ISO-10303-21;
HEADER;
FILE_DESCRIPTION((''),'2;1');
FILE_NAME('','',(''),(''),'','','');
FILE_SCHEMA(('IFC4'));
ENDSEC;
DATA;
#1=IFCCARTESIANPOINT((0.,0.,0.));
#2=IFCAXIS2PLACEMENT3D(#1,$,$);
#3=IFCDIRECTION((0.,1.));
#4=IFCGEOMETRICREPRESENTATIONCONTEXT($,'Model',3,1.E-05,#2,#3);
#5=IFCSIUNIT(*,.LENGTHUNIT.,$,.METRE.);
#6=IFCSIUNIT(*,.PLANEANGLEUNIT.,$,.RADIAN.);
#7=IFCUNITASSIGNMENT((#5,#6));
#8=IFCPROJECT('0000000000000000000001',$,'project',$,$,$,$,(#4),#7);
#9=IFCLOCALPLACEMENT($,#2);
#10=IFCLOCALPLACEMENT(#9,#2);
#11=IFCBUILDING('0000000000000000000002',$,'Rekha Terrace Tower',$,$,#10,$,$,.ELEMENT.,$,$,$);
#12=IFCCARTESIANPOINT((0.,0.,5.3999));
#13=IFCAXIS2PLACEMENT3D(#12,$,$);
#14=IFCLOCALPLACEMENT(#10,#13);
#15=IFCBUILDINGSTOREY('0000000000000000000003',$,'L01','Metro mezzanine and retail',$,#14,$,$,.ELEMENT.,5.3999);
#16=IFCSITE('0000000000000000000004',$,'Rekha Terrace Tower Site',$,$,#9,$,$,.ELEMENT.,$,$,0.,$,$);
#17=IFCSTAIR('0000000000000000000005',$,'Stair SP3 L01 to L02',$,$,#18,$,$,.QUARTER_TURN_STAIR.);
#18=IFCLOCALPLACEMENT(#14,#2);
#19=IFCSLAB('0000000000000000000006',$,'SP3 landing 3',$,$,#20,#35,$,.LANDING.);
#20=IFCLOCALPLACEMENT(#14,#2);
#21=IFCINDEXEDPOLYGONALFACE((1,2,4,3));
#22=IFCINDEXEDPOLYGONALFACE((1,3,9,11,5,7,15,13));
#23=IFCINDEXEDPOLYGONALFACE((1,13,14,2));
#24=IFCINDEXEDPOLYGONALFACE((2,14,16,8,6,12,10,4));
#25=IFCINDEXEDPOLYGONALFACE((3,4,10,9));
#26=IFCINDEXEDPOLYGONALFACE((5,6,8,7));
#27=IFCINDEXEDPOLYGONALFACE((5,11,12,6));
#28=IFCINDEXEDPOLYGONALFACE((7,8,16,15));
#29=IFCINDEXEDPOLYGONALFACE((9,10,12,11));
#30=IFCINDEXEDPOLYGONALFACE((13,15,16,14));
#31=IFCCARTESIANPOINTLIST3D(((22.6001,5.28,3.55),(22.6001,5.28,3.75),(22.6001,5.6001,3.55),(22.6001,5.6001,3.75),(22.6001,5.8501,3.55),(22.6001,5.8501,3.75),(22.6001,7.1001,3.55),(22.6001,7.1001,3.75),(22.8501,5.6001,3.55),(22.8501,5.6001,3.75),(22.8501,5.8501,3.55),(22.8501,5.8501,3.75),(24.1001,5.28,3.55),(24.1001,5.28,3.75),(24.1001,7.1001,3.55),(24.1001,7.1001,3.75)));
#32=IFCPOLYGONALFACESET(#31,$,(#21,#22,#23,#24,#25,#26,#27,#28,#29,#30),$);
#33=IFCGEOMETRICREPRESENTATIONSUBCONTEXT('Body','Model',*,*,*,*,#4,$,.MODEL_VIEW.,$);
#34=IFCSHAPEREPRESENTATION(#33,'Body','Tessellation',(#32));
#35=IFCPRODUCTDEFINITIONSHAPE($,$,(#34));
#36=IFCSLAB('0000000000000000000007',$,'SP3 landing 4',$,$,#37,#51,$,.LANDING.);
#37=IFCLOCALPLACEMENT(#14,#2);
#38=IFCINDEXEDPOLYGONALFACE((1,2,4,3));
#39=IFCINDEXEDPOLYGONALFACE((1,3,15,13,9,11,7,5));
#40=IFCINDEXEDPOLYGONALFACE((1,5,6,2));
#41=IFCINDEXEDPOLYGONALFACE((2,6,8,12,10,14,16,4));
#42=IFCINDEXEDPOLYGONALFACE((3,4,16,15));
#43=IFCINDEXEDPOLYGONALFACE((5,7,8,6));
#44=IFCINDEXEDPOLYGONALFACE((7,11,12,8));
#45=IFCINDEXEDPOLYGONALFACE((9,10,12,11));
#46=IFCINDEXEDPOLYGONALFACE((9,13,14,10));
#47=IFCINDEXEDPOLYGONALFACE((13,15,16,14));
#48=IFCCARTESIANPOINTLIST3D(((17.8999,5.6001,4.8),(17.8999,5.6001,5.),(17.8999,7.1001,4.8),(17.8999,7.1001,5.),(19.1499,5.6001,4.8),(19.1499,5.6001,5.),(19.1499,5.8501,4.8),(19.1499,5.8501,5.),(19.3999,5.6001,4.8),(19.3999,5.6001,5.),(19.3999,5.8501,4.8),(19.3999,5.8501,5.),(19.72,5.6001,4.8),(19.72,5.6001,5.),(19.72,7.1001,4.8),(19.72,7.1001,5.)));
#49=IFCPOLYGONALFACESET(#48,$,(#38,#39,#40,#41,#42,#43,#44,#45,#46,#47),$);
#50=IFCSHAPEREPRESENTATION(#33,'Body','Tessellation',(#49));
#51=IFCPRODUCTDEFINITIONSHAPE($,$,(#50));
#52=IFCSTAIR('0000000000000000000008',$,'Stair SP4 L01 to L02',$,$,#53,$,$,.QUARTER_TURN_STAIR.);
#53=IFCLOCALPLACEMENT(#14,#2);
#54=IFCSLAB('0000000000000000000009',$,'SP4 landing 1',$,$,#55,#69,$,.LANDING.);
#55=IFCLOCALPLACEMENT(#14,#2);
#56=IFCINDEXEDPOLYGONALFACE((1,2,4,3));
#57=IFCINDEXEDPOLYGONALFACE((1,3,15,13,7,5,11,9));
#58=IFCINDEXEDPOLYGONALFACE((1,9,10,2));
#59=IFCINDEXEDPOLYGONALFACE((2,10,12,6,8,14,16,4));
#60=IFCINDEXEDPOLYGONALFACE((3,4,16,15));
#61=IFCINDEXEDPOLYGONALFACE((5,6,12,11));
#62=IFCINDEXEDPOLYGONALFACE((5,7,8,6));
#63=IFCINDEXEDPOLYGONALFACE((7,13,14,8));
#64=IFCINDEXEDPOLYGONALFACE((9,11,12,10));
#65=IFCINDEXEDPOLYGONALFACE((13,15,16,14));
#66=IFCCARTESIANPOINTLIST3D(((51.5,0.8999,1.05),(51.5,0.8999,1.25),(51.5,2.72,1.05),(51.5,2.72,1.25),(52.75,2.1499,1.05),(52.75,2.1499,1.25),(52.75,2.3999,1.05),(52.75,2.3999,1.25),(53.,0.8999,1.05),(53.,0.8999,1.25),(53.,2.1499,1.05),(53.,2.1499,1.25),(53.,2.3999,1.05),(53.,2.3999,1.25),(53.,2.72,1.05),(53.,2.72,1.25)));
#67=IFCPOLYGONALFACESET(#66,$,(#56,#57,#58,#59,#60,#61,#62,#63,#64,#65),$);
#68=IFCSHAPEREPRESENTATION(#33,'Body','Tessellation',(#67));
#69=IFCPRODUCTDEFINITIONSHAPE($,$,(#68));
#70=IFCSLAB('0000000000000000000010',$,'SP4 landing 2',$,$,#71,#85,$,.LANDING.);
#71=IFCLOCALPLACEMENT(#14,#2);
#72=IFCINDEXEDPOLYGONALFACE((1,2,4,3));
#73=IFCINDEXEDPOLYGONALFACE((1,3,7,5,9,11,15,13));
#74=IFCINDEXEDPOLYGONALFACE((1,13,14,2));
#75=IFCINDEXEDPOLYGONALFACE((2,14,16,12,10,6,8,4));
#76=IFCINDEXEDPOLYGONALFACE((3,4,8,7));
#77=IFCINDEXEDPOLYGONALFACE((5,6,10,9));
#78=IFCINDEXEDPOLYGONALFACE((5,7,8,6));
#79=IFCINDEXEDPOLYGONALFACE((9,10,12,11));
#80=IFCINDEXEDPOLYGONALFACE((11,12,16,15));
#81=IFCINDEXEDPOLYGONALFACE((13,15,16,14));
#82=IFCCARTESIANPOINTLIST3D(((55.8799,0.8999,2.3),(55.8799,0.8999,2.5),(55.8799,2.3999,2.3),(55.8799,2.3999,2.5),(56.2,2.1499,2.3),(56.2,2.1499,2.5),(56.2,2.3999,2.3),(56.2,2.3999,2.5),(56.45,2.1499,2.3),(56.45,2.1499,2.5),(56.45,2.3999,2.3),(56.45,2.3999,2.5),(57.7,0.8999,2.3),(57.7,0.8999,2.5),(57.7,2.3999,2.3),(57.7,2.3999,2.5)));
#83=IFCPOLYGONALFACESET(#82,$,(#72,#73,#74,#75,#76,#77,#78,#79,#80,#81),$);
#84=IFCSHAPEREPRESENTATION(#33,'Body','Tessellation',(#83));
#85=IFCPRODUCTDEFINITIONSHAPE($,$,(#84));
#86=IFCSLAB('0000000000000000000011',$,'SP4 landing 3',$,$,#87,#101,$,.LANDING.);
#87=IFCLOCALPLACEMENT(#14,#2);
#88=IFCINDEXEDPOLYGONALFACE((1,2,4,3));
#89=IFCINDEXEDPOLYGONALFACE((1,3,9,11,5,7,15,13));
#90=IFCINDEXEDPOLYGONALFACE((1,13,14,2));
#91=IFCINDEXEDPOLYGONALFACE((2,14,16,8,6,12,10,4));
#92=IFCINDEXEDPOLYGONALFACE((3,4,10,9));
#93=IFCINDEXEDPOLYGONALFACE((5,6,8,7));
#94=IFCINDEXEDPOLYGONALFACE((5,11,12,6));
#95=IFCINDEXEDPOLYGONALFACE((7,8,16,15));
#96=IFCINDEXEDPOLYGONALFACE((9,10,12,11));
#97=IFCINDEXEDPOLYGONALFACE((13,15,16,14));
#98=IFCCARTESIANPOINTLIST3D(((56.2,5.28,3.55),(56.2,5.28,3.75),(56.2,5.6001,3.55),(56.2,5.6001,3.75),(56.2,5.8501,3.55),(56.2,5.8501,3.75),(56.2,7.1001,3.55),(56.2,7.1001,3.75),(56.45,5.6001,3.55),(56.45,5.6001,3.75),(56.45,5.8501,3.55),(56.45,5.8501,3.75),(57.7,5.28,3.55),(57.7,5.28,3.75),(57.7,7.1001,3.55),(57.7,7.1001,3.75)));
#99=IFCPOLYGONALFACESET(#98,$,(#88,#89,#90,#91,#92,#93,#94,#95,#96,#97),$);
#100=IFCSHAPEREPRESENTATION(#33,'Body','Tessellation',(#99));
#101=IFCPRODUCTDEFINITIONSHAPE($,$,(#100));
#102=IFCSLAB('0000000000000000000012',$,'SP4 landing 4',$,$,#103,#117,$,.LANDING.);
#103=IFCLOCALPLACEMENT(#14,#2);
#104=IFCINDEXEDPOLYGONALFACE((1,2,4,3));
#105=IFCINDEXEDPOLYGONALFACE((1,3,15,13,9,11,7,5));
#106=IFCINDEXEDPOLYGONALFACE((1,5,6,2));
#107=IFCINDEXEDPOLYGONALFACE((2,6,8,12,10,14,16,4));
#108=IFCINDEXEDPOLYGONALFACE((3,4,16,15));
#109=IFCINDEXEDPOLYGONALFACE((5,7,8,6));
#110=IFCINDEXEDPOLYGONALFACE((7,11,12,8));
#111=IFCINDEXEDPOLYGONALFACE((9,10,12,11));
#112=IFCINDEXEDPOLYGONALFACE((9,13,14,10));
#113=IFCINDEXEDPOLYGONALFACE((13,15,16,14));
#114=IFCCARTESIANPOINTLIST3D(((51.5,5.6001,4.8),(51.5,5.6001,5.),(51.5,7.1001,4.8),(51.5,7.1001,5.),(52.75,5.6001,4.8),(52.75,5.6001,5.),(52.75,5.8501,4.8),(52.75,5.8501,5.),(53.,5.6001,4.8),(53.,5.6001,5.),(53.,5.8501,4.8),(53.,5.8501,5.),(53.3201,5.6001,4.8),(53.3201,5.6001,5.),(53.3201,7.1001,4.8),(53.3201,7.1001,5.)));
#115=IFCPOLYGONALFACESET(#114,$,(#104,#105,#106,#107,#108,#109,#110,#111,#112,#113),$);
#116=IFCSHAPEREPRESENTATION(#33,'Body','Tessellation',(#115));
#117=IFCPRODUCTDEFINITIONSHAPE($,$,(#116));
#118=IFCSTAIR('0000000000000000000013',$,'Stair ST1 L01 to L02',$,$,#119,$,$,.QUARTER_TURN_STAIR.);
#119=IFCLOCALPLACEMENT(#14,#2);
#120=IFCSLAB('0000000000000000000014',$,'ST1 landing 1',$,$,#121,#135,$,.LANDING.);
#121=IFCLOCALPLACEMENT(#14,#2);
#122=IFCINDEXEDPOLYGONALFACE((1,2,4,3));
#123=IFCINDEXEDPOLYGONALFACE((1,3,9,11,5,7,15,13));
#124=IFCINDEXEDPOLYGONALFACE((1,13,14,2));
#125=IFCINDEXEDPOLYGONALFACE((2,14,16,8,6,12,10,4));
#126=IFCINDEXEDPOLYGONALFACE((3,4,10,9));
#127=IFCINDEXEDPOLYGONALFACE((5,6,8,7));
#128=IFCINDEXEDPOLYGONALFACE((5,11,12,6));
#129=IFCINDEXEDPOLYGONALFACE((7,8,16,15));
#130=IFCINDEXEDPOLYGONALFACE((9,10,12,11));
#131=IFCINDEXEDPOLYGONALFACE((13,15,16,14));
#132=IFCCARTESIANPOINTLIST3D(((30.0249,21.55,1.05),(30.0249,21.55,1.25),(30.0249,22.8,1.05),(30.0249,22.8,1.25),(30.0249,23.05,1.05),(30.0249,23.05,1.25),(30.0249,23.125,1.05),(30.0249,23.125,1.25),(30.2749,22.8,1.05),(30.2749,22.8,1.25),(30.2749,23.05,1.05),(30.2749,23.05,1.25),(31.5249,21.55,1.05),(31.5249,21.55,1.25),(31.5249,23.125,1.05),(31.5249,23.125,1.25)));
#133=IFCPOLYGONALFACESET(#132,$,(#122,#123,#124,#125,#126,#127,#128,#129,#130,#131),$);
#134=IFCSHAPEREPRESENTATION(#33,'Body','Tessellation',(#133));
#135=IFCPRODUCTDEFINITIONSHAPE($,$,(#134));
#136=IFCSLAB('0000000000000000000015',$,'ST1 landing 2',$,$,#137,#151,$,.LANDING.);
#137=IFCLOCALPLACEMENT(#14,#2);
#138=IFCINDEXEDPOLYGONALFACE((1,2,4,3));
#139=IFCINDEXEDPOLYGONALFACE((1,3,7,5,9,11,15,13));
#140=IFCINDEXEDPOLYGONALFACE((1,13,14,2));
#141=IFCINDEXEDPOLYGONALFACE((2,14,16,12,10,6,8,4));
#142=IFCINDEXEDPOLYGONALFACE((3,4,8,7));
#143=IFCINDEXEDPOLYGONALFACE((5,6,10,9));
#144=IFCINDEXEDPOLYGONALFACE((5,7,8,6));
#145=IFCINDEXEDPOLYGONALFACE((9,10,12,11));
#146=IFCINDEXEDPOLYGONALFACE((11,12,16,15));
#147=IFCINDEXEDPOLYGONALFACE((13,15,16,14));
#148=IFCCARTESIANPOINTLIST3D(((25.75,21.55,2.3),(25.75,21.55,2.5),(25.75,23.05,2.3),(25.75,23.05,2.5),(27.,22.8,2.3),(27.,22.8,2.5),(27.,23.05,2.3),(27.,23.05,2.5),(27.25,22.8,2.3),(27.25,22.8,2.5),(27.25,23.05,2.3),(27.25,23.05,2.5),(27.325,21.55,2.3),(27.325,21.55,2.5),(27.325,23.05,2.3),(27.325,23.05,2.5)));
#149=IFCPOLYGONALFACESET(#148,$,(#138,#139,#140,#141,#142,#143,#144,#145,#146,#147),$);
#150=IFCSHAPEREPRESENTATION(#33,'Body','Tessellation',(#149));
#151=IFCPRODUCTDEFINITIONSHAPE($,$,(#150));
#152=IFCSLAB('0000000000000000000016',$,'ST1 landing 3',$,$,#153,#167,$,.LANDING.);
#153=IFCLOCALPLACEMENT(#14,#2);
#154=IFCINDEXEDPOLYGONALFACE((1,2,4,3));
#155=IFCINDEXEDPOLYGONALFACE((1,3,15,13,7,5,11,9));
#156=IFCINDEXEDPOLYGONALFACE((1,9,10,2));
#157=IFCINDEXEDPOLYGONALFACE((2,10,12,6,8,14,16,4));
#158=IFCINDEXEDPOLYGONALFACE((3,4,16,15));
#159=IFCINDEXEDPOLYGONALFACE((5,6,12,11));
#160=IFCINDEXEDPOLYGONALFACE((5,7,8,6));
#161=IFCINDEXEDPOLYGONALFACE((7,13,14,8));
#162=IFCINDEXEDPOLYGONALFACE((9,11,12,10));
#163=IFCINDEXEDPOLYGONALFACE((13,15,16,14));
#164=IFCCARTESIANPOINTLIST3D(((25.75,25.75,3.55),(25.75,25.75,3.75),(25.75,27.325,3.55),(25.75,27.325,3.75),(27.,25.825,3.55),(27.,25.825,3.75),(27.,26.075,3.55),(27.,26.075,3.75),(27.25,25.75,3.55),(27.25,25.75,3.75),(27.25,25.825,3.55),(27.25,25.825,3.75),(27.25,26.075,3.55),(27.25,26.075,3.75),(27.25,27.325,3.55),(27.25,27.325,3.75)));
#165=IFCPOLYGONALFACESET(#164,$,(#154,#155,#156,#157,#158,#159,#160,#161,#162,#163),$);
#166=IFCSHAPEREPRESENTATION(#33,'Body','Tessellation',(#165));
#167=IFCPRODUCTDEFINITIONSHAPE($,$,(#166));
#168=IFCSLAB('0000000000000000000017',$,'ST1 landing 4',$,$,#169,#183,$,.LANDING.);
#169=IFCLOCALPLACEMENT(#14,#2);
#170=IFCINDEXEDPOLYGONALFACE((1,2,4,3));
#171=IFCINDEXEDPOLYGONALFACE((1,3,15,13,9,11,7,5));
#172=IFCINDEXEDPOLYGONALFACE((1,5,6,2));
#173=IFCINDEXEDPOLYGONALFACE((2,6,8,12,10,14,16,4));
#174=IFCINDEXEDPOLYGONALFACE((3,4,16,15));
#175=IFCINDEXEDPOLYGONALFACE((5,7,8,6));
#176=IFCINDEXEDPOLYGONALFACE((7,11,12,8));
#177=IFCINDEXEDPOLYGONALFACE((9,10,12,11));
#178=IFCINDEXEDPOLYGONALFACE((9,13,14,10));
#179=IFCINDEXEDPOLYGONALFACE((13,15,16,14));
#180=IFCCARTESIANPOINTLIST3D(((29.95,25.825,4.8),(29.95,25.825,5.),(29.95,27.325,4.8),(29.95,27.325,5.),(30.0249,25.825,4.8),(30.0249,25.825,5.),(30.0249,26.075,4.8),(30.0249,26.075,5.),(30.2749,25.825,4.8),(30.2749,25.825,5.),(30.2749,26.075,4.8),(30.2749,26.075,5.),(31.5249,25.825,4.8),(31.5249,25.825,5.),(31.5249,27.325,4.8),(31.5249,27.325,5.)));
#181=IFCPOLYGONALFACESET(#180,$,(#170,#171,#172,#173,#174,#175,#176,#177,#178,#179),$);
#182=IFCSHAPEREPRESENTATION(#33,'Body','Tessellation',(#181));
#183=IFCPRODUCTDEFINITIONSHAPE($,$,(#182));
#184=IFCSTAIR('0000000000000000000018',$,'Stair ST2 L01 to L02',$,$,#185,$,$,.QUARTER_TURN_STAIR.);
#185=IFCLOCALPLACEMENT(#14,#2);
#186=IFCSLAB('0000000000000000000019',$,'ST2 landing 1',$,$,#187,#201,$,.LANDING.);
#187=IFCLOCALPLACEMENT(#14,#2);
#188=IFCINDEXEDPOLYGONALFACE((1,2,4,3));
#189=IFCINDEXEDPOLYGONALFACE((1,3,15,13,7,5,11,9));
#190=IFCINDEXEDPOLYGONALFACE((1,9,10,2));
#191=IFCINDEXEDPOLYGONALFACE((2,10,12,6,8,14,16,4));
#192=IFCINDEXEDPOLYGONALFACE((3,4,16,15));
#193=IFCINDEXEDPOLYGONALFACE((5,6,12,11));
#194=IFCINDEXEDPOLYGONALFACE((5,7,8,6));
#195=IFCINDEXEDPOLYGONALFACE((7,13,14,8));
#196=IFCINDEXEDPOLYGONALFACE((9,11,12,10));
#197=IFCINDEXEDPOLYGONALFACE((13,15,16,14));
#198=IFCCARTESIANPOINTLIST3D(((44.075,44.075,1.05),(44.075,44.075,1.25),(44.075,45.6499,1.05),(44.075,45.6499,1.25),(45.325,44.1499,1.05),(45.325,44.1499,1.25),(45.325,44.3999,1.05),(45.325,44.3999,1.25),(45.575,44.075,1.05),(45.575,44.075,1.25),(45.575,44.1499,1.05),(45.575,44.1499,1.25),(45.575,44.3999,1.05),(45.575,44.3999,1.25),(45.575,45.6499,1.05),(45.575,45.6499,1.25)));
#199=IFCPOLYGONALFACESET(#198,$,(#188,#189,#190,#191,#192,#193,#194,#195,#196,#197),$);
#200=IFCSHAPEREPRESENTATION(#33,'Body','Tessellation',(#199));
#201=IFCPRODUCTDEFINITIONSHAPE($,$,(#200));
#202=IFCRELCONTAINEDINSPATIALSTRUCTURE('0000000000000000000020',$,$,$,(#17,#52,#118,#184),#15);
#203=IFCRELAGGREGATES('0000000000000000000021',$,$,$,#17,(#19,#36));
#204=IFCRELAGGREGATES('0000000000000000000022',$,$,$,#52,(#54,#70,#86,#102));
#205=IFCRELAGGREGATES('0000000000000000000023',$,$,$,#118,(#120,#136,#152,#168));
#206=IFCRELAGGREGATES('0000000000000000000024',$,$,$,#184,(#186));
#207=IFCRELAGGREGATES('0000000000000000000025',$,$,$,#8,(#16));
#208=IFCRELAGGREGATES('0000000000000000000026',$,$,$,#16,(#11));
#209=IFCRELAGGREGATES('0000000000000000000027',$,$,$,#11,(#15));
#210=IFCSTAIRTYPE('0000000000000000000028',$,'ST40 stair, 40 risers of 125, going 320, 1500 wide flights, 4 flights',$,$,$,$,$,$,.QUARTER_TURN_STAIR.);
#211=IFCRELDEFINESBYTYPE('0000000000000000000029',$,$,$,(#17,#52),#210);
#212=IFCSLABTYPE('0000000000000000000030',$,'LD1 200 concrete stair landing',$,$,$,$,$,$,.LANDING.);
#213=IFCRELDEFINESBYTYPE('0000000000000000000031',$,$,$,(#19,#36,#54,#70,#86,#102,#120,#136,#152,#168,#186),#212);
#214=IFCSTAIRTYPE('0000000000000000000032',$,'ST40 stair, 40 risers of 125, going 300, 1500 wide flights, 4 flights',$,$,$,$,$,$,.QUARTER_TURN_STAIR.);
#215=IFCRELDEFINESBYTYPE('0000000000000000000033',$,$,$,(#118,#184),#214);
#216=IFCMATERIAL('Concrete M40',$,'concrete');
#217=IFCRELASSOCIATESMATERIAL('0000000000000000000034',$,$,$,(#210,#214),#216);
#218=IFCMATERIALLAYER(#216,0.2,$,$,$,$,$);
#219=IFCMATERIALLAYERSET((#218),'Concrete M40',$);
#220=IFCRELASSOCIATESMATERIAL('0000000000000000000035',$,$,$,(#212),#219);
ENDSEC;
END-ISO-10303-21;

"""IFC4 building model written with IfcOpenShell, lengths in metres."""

from ifc_helpers import new_model, si_unit, direction, frame, origin, place, context, subcontext, project, spatial, polyline, outline, extrude, material, layer, layer_set, type_object, element, aggregate, save


model = new_model("IFC4")

# Units and contexts
model_context = context("Model", 3, precision=1e-05, world=origin(), true_north=direction((0.0, 1.0)))
body_context = subcontext(model_context, "Body", "Model", "MODEL_VIEW")
ifc_project = project(units=[si_unit("LENGTHUNIT", "METRE"), si_unit("PLANEANGLEUNIT", "RADIAN")], contexts=[model_context])

# Site, building, storey
site_placement = place(None, origin())
site = spatial("IfcSite", under=ifc_project, at=site_placement, Name="Rekha Terrace Tower Site", CompositionType="ELEMENT", RefElevation=0.0)
building_placement = place(site_placement, origin())
building = spatial("IfcBuilding", under=site, at=building_placement, Name="Rekha Terrace Tower", CompositionType="ELEMENT")
storey_placement = place(building_placement, frame((0.0, 0.0, 5.3999)))
storey = spatial("IfcBuildingStorey", under=building, at=storey_placement, Name="L01", Description="Metro mezzanine and retail", CompositionType="ELEMENT", Elevation=5.3999)

# Stairs, slabs
ifc_material_1 = material(Name="Concrete M40", Category="concrete")
stair_type_1 = type_object("IfcStairType", Name="ST40 stair, 40 risers of 125, going 320, 1500 wide flights, 4 flights", PredefinedType="QUARTER_TURN_STAIR", material=ifc_material_1)
ifc_layer_1 = layer(ifc_material_1, 0.2)
ifc_layer_set_1 = layer_set([ifc_layer_1], Name="Concrete M40")
slab_type_1 = type_object("IfcSlabType", Name="LD1 200 concrete stair landing", PredefinedType="LANDING", material=ifc_layer_set_1)
stair_1_placement = place(storey_placement, origin())
stair_1 = element("IfcStair", 1, at=stair_1_placement, inside=storey, type_object=stair_type_1, Name="Stair SP3 L01 to L02", PredefinedType="QUARTER_TURN_STAIR")
slab_1_placement = place(storey_placement, frame((0.0, 0.0, 3.55)))
slab_1 = element("IfcSlab", 2, at=slab_1_placement, type_object=slab_type_1, Name="SP3 landing 3", PredefinedType="LANDING", context=body_context, shape_type="SweptSolid", body=[
    extrude(outline(polyline([(22.6001, 7.1001), (24.1001, 7.1001), (24.1001, 5.28), (22.6001, 5.28), (22.6001, 5.6001), (22.8501, 5.6001), (22.8501, 5.8501), (22.6001, 5.8501), (22.6001, 7.1001)])), origin(), (0.0, 0.0, 1.0), 0.2),
])
slab_2_placement = place(storey_placement, frame((0.0, 0.0, 4.8)))
slab_2 = element("IfcSlab", 3, at=slab_2_placement, type_object=slab_type_1, Name="SP3 landing 4", PredefinedType="LANDING", context=body_context, shape_type="SweptSolid", body=[
    extrude(outline(polyline([(17.8999, 5.6001), (17.8999, 7.1001), (19.72, 7.1001), (19.72, 5.6001), (19.3999, 5.6001), (19.3999, 5.8501), (19.1499, 5.8501), (19.1499, 5.6001), (17.8999, 5.6001)])), origin(), (0.0, 0.0, 1.0), 0.2),
])
aggregate(stair_1, [slab_1, slab_2])
stair_2_placement = place(storey_placement, origin())
stair_2 = element("IfcStair", 4, at=stair_2_placement, inside=storey, type_object=stair_type_1, Name="Stair SP4 L01 to L02", PredefinedType="QUARTER_TURN_STAIR")
slab_3_placement = place(storey_placement, frame((0.0, 0.0, 1.05)))
slab_3 = element("IfcSlab", 5, at=slab_3_placement, type_object=slab_type_1, Name="SP4 landing 1", PredefinedType="LANDING", context=body_context, shape_type="SweptSolid", body=[
    extrude(outline(polyline([(53.0, 0.8999), (51.5, 0.8999), (51.5, 2.72), (53.0, 2.72), (53.0, 2.3999), (52.75, 2.3999), (52.75, 2.1499), (53.0, 2.1499), (53.0, 0.8999)])), origin(), (0.0, 0.0, 1.0), 0.2),
])
slab_4_placement = place(storey_placement, frame((0.0, 0.0, 2.3)))
slab_4 = element("IfcSlab", 6, at=slab_4_placement, type_object=slab_type_1, Name="SP4 landing 2", PredefinedType="LANDING", context=body_context, shape_type="SweptSolid", body=[
    extrude(outline(polyline([(57.7, 2.3999), (57.7, 0.8999), (55.8799, 0.8999), (55.8799, 2.3999), (56.2, 2.3999), (56.2, 2.1499), (56.45, 2.1499), (56.45, 2.3999), (57.7, 2.3999)])), origin(), (0.0, 0.0, 1.0), 0.2),
])
slab_5_placement = place(storey_placement, frame((0.0, 0.0, 3.55)))
slab_5 = element("IfcSlab", 7, at=slab_5_placement, type_object=slab_type_1, Name="SP4 landing 3", PredefinedType="LANDING", context=body_context, shape_type="SweptSolid", body=[
    extrude(outline(polyline([(56.2, 7.1001), (57.7, 7.1001), (57.7, 5.28), (56.2, 5.28), (56.2, 5.6001), (56.45, 5.6001), (56.45, 5.8501), (56.2, 5.8501), (56.2, 7.1001)])), origin(), (0.0, 0.0, 1.0), 0.2),
])
slab_6_placement = place(storey_placement, frame((0.0, 0.0, 4.8)))
slab_6 = element("IfcSlab", 8, at=slab_6_placement, type_object=slab_type_1, Name="SP4 landing 4", PredefinedType="LANDING", context=body_context, shape_type="SweptSolid", body=[
    extrude(outline(polyline([(51.5, 5.6001), (51.5, 7.1001), (53.3201, 7.1001), (53.3201, 5.6001), (53.0, 5.6001), (53.0, 5.8501), (52.75, 5.8501), (52.75, 5.6001), (51.5, 5.6001)])), origin(), (0.0, 0.0, 1.0), 0.2),
])
aggregate(stair_2, [slab_3, slab_4, slab_5, slab_6])
stair_type_2 = type_object("IfcStairType", Name="ST40 stair, 40 risers of 125, going 300, 1500 wide flights, 4 flights", PredefinedType="QUARTER_TURN_STAIR", material=ifc_material_1)
stair_3_placement = place(storey_placement, origin())
stair_3 = element("IfcStair", 9, at=stair_3_placement, inside=storey, type_object=stair_type_2, Name="Stair ST1 L01 to L02", PredefinedType="QUARTER_TURN_STAIR")
slab_7_placement = place(storey_placement, frame((0.0, 0.0, 1.05)))
slab_7 = element("IfcSlab", 10, at=slab_7_placement, type_object=slab_type_1, Name="ST1 landing 1", PredefinedType="LANDING", context=body_context, shape_type="SweptSolid", body=[
    extrude(outline(polyline([(30.0249, 21.55), (31.5249, 21.55), (31.5249, 23.125), (30.0249, 23.125), (30.0249, 23.05), (30.2749, 23.05), (30.2749, 22.8), (30.0249, 22.8), (30.0249, 21.55)])), origin(), (0.0, 0.0, 1.0), 0.2),
])
slab_8_placement = place(storey_placement, frame((0.0, 0.0, 2.3)))
slab_8 = element("IfcSlab", 11, at=slab_8_placement, type_object=slab_type_1, Name="ST1 landing 2", PredefinedType="LANDING", context=body_context, shape_type="SweptSolid", body=[
    extrude(outline(polyline([(25.75, 23.05), (25.75, 21.55), (27.325, 21.55), (27.325, 23.05), (27.25, 23.05), (27.25, 22.8), (27.0, 22.8), (27.0, 23.05), (25.75, 23.05)])), origin(), (0.0, 0.0, 1.0), 0.2),
])
slab_9_placement = place(storey_placement, frame((0.0, 0.0, 3.55)))
slab_9 = element("IfcSlab", 12, at=slab_9_placement, type_object=slab_type_1, Name="ST1 landing 3", PredefinedType="LANDING", context=body_context, shape_type="SweptSolid", body=[
    extrude(outline(polyline([(27.25, 27.325), (25.75, 27.325), (25.75, 25.75), (27.25, 25.75), (27.25, 25.825), (27.0, 25.825), (27.0, 26.075), (27.25, 26.075), (27.25, 27.325)])), origin(), (0.0, 0.0, 1.0), 0.2),
])
slab_10_placement = place(storey_placement, frame((0.0, 0.0, 4.8)))
slab_10 = element("IfcSlab", 13, at=slab_10_placement, type_object=slab_type_1, Name="ST1 landing 4", PredefinedType="LANDING", context=body_context, shape_type="SweptSolid", body=[
    extrude(outline(polyline([(31.5249, 25.825), (31.5249, 27.325), (29.95, 27.325), (29.95, 25.825), (30.0249, 25.825), (30.0249, 26.075), (30.2749, 26.075), (30.2749, 25.825), (31.5249, 25.825)])), origin(), (0.0, 0.0, 1.0), 0.2),
])
aggregate(stair_3, [slab_7, slab_8, slab_9, slab_10])

# Stair, slab
stair_4_placement = place(storey_placement, origin())
stair_4 = element("IfcStair", 14, at=stair_4_placement, inside=storey, type_object=stair_type_2, Name="Stair ST2 L01 to L02", PredefinedType="QUARTER_TURN_STAIR")
slab_11_placement = place(storey_placement, frame((0.0, 0.0, 1.05)))
slab_11 = element("IfcSlab", 15, at=slab_11_placement, type_object=slab_type_1, Name="ST2 landing 1", PredefinedType="LANDING", context=body_context, shape_type="SweptSolid", body=[
    extrude(outline(polyline([(45.575, 45.6499), (44.075, 45.6499), (44.075, 44.075), (45.575, 44.075), (45.575, 44.1499), (45.325, 44.1499), (45.325, 44.3999), (45.575, 44.3999), (45.575, 45.6499)])), origin(), (0.0, 0.0, 1.0), 0.2),
])
aggregate(stair_4, [slab_11])

save(model, "model.ifc")
